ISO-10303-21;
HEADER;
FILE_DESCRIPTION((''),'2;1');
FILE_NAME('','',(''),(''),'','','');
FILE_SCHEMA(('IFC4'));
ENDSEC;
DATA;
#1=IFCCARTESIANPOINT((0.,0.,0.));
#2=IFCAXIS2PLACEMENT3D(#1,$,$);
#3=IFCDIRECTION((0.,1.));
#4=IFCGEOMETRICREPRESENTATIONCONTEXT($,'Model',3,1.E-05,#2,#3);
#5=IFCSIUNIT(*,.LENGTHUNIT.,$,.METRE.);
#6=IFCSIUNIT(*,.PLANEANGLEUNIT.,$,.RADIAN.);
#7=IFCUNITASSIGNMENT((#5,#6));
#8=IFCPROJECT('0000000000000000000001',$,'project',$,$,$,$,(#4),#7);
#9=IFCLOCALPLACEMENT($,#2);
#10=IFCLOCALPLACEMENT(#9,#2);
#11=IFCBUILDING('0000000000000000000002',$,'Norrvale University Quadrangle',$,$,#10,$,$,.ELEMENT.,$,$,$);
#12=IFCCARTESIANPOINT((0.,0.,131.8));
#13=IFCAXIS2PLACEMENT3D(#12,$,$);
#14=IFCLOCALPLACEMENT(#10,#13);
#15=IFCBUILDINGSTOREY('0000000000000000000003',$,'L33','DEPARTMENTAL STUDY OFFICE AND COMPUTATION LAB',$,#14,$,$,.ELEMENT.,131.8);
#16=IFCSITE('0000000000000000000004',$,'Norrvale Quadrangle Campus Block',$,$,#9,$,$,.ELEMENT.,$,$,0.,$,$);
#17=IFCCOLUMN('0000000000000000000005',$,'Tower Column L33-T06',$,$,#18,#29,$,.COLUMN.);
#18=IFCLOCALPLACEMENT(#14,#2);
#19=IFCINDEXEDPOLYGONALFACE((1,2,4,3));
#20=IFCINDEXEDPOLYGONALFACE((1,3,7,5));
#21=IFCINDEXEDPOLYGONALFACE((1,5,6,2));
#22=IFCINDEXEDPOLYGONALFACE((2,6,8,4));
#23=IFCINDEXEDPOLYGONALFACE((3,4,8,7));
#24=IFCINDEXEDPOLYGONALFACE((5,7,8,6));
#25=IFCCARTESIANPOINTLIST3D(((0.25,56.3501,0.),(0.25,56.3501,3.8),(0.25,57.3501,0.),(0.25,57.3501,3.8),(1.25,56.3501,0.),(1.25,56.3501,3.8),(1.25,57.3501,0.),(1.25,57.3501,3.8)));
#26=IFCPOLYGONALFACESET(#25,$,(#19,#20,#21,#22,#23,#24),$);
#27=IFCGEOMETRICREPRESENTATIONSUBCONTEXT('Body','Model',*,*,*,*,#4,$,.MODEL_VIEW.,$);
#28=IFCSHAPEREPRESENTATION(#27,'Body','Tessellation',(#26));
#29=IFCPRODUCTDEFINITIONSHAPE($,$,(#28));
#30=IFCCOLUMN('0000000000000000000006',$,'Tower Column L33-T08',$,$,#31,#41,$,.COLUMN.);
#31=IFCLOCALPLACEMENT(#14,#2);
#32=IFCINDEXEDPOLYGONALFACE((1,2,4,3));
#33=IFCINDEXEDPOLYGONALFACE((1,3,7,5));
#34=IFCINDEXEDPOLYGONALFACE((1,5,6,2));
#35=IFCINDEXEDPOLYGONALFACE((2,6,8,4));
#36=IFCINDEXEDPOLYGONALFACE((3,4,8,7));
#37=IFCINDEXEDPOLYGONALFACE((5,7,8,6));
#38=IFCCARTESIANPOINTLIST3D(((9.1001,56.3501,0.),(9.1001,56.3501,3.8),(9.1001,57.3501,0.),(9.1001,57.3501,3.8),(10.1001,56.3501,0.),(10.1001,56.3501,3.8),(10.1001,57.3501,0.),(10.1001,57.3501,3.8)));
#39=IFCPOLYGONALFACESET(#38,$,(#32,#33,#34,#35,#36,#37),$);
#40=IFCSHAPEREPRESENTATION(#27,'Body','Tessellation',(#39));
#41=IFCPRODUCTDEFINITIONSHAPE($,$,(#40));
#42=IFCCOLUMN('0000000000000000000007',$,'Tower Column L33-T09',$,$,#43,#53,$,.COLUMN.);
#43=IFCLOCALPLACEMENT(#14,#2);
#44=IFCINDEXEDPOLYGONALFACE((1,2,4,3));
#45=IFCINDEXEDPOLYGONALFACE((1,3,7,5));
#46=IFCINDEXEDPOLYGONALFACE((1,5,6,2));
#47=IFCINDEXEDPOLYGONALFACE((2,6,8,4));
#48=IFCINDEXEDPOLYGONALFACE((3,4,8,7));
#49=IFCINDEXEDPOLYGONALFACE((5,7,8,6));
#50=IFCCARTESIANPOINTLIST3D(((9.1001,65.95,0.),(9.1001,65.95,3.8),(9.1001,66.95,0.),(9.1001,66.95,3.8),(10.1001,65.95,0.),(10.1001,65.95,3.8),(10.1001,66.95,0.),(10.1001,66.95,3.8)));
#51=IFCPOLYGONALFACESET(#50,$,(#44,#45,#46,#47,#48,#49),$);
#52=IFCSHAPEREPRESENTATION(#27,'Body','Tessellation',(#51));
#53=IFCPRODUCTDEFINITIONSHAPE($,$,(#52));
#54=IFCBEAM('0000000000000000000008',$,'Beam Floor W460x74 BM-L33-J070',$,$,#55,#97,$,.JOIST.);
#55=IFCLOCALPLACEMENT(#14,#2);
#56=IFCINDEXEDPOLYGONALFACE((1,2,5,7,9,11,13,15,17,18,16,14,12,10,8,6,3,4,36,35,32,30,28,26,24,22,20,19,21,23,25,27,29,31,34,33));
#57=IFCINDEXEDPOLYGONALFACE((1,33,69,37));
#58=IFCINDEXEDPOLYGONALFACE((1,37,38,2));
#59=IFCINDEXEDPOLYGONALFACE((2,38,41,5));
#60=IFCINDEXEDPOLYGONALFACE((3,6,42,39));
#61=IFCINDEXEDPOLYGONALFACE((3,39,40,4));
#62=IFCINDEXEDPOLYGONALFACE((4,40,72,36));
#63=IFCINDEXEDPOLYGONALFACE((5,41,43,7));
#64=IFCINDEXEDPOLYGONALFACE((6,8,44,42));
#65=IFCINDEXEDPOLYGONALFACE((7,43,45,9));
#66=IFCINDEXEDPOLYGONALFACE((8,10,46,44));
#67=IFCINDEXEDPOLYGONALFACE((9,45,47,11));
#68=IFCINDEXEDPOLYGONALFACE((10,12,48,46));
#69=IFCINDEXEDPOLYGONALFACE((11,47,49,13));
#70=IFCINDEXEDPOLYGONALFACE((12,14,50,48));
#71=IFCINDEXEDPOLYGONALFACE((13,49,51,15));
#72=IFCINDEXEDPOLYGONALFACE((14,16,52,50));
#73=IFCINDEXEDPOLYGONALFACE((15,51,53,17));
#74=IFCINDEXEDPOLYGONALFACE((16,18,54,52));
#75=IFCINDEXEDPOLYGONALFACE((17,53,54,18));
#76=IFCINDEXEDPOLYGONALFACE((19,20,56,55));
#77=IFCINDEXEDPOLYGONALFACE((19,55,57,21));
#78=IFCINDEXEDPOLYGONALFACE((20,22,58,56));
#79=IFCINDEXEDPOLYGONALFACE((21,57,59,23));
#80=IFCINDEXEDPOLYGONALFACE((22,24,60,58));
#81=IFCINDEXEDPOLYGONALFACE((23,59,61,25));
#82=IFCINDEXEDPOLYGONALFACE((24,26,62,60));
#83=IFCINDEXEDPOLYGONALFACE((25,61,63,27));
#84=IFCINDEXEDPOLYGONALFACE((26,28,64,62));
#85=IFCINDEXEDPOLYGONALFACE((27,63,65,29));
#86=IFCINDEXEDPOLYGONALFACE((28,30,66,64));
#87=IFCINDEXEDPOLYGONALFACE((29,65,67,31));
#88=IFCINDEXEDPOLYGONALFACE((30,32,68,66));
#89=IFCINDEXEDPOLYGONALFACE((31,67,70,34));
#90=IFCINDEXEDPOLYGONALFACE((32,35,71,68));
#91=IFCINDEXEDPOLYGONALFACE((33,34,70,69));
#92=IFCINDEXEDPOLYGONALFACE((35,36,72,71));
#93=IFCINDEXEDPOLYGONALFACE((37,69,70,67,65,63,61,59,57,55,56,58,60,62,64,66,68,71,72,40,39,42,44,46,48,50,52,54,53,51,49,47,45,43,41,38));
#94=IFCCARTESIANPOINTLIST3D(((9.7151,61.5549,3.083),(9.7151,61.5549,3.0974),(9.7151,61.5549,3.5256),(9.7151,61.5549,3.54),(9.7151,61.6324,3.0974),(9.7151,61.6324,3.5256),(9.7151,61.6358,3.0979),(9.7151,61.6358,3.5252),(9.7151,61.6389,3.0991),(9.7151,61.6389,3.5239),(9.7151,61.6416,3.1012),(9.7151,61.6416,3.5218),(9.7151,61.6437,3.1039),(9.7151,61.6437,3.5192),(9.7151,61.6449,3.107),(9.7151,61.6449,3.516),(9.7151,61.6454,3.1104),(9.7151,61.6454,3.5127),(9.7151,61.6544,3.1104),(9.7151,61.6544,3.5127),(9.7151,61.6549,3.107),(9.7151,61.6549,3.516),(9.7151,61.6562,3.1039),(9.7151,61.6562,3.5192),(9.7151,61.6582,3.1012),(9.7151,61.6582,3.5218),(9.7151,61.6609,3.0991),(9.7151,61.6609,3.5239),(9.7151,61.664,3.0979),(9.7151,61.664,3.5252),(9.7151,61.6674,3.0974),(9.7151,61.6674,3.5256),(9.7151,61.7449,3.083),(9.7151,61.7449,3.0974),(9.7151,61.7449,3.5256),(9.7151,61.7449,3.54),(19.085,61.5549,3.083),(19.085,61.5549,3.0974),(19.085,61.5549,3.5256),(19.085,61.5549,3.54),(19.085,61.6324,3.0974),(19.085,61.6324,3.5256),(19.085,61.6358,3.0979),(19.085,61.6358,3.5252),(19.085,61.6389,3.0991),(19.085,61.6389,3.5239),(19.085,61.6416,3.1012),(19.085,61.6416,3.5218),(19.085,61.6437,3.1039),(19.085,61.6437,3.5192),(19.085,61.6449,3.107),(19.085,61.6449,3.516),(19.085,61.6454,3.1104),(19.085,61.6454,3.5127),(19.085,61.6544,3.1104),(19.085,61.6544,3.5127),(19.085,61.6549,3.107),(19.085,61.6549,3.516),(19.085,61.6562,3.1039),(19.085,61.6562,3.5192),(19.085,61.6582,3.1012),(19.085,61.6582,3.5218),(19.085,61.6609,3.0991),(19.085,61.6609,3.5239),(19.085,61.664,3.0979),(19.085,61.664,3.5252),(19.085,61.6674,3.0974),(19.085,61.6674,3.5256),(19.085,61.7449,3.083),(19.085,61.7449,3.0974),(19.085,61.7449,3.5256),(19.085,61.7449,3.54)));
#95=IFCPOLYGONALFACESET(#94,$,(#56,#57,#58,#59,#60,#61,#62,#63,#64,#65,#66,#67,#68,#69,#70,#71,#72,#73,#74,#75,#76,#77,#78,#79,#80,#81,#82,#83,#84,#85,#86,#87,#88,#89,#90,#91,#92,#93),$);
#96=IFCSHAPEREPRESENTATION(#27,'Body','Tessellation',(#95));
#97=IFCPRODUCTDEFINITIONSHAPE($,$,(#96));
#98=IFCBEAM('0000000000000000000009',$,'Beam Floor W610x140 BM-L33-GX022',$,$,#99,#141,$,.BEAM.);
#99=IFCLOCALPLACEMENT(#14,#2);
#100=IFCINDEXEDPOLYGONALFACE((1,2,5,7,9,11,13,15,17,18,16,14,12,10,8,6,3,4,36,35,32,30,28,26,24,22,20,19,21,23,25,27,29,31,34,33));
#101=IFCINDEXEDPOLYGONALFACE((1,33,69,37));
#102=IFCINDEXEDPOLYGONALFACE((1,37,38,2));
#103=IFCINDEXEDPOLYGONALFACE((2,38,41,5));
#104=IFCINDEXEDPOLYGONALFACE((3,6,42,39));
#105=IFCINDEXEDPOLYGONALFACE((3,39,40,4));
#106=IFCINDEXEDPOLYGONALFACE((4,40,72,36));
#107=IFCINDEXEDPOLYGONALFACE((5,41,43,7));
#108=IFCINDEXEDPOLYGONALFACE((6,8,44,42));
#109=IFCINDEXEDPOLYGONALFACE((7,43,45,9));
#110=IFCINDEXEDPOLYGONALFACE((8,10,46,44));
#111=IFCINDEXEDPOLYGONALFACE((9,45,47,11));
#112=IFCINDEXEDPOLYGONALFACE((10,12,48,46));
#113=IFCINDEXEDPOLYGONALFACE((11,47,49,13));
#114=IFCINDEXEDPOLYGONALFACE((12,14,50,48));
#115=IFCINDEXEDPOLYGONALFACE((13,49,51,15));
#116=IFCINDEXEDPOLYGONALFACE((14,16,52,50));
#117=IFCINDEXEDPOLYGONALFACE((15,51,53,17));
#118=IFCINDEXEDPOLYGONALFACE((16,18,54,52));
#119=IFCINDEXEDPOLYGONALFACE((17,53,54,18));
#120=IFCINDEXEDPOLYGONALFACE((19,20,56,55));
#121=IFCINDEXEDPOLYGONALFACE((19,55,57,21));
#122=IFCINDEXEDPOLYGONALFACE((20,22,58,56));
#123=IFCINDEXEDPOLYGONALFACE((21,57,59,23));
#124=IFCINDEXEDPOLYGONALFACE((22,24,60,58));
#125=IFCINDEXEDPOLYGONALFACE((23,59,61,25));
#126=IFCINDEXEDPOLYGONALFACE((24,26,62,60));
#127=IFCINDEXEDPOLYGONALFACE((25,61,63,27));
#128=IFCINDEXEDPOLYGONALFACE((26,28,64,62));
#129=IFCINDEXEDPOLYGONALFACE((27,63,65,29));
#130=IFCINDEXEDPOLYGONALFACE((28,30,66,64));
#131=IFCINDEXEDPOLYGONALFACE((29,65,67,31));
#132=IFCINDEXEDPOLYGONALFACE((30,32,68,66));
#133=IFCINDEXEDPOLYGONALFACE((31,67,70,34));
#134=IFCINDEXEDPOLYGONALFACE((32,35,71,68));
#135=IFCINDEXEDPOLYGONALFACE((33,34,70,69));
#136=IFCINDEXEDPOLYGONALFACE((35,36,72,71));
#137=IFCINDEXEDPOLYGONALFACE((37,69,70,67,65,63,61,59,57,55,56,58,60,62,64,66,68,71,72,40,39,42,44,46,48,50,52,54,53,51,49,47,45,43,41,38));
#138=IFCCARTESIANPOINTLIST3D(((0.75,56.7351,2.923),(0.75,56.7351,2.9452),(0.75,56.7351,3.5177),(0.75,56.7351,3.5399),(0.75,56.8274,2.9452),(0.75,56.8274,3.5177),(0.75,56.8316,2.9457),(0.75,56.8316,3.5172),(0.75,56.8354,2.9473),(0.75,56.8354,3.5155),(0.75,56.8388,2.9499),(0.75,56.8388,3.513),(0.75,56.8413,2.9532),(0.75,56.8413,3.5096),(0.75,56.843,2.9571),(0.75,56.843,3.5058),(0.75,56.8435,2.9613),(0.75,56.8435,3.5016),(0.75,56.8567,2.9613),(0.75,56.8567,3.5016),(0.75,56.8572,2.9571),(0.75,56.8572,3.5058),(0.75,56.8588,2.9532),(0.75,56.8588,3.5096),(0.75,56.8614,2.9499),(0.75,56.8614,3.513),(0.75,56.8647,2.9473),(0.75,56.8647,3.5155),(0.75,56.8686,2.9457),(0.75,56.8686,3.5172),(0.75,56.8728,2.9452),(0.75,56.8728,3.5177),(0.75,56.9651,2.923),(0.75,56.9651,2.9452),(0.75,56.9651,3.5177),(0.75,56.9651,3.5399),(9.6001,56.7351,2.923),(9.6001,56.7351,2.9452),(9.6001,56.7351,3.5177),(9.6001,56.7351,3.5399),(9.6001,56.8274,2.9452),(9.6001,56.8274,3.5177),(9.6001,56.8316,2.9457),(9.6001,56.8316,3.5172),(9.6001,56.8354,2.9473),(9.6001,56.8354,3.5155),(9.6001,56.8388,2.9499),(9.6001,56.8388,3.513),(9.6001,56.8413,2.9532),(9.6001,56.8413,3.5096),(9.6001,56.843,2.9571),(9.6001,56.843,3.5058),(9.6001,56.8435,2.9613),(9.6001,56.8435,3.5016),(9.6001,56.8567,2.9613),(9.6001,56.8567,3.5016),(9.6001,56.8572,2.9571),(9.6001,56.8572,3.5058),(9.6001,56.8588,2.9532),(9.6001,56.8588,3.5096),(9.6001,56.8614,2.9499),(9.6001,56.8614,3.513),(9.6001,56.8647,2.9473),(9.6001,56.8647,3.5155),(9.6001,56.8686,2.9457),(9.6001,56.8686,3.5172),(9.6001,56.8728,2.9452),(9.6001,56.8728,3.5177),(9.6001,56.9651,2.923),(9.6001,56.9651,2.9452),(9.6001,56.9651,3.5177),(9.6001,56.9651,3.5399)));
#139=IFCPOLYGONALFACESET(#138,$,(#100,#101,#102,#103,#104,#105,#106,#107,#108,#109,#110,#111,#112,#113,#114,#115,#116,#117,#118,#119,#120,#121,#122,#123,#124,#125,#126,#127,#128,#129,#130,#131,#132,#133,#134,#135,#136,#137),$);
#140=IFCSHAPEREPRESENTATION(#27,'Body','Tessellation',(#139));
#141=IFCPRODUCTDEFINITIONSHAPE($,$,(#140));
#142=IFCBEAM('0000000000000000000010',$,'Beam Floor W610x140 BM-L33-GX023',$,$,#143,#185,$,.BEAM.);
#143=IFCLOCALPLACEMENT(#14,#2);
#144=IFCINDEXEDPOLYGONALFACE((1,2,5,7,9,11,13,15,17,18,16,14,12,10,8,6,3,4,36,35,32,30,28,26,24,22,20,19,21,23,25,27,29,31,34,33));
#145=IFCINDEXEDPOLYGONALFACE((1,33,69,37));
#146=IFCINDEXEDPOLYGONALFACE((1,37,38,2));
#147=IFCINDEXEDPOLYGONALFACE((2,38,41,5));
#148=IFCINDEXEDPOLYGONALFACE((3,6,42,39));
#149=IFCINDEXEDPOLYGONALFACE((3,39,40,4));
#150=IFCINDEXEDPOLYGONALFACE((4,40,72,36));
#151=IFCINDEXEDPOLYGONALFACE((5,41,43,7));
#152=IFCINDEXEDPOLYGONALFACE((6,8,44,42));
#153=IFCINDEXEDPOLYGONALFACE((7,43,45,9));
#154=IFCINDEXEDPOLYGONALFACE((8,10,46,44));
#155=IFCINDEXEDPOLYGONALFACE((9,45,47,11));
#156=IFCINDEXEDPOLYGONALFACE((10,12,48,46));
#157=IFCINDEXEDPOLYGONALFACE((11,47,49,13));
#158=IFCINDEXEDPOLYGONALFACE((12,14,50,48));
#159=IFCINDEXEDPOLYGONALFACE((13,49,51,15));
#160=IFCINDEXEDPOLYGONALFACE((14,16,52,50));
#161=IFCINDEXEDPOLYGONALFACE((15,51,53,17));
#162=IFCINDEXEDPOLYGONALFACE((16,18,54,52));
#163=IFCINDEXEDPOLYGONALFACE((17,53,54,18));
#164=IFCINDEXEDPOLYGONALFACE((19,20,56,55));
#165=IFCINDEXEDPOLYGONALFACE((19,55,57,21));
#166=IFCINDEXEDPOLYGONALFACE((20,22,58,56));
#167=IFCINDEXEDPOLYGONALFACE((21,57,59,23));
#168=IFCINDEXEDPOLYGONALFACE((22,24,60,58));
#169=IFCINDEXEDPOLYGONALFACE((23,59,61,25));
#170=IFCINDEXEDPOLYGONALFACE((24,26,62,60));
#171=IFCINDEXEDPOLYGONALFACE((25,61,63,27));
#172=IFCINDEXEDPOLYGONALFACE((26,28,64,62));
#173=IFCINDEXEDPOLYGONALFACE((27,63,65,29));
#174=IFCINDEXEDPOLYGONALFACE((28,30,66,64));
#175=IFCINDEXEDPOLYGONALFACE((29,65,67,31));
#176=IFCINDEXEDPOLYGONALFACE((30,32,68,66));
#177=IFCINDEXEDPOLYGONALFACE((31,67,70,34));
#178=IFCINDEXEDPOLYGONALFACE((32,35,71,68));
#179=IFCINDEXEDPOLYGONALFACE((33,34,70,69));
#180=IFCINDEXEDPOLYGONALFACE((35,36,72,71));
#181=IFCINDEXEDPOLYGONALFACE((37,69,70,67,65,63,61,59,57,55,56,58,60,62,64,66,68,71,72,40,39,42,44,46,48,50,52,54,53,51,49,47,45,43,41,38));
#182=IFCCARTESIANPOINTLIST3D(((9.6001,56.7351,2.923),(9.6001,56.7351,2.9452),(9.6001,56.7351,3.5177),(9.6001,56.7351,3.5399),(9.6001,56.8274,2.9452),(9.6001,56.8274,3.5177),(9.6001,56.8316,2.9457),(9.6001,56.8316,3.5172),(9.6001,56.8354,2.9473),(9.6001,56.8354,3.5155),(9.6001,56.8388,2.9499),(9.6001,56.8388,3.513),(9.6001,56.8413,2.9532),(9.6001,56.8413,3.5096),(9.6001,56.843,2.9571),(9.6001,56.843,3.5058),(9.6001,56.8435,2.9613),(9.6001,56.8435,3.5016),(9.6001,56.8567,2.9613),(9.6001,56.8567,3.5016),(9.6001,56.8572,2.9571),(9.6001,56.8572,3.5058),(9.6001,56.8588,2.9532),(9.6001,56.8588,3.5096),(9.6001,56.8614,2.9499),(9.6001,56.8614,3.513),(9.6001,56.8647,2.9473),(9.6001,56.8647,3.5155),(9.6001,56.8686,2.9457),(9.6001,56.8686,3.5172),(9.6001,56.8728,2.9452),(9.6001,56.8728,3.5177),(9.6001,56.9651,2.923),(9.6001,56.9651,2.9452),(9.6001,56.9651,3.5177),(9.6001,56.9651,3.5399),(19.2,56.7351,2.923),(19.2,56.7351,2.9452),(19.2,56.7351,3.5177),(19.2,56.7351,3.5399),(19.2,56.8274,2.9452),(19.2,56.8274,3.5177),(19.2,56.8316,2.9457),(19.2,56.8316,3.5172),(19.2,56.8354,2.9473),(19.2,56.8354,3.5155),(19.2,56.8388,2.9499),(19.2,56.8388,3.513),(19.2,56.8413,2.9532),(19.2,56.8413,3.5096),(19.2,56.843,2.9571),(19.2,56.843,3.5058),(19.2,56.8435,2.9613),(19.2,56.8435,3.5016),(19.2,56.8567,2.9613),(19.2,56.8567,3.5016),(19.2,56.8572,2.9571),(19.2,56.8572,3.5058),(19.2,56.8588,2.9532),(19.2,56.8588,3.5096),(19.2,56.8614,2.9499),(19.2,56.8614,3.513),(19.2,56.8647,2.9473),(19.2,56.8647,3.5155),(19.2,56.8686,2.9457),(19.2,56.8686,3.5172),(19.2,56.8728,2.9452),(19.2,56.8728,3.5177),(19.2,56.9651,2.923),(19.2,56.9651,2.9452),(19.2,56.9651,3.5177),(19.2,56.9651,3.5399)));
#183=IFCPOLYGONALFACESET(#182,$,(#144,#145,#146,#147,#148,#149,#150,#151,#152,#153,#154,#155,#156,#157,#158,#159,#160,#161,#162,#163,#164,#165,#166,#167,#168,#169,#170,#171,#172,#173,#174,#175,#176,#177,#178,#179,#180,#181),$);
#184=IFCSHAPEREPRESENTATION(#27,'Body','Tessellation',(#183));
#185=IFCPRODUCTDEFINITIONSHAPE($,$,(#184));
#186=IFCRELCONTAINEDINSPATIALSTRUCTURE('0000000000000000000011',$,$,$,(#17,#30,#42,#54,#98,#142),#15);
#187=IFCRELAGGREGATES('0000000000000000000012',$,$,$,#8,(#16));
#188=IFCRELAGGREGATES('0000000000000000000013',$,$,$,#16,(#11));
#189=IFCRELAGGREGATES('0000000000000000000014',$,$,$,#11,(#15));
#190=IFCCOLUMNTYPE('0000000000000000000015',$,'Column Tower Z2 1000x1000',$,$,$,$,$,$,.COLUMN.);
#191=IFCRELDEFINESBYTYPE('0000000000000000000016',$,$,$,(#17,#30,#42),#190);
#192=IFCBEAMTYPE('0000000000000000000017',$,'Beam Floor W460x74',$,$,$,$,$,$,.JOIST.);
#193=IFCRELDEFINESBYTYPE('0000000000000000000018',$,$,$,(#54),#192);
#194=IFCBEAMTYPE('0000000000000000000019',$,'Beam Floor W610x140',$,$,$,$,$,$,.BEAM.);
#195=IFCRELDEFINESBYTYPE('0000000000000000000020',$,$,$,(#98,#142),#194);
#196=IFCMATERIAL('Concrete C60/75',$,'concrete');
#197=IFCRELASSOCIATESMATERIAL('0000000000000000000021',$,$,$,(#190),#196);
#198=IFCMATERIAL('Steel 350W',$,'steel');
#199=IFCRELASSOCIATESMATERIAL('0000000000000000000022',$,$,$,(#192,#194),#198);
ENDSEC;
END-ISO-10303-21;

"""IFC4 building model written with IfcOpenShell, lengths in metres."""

from ifc_helpers import new_model, si_unit, direction, frame, origin, origin_2d, place, context, subcontext, project, spatial, rectangle, i_section, extrude, material, material_profile, profile_set, type_object, element, save


model = new_model("IFC4")

# Units and contexts
model_context = context("Model", 3, precision=1e-05, world=origin(), true_north=direction((0.0, 1.0)))
body_context = subcontext(model_context, "Body", "Model", "MODEL_VIEW")
ifc_project = project(units=[si_unit("LENGTHUNIT", "METRE"), si_unit("PLANEANGLEUNIT", "RADIAN")], contexts=[model_context])

# Site, building, storey
site_placement = place(None, origin())
site = spatial("IfcSite", under=ifc_project, at=site_placement, Name="Norrvale Quadrangle Campus Block", CompositionType="ELEMENT", RefElevation=0.0)
building_placement = place(site_placement, origin())
building = spatial("IfcBuilding", under=site, at=building_placement, Name="Norrvale University Quadrangle", CompositionType="ELEMENT")
storey_placement = place(building_placement, frame((0.0, 0.0, 131.8)))
storey = spatial("IfcBuildingStorey", under=building, at=storey_placement, Name="L33", Description="DEPARTMENTAL STUDY OFFICE AND COMPUTATION LAB", CompositionType="ELEMENT", Elevation=131.8)

# Columns
ifc_material_1 = material(Name="Concrete C60/75", Category="concrete")
ifc_material_profile_1 = material_profile(ifc_material_1, rectangle(XDim=1.0, YDim=1.0, at=origin_2d()), Name="Concrete C60/75")
ifc_profile_set_1 = profile_set([ifc_material_profile_1], Name="Concrete C60/75")
column_type = type_object("IfcColumnType", Name="Column Tower Z2 1000x1000", PredefinedType="COLUMN", material=ifc_profile_set_1)
for number, where, z_axis, x_axis, name in (
    (1, (0.75, 56.8501, 0.0), (0.0, 0.0, 1.0), (1.0, 0.0, 0.0), "Tower Column L33-T06"),
    (2, (9.6001, 56.8501, 0.0), (0.0, 0.0, 1.0), (1.0, 0.0, 0.0), "Tower Column L33-T08"),
    (3, (9.6001, 66.45, 0.0), (0.0, 0.0, 1.0), (1.0, 0.0, 0.0), "Tower Column L33-T09"),
):
    element("IfcColumn", number, at=place(storey_placement, frame(where, z_axis=z_axis, x_axis=x_axis)), inside=storey, type_object=column_type, Name=name, PredefinedType="COLUMN", context=body_context, shape_type="SweptSolid", body=[
        extrude(rectangle(XDim=1.0, YDim=1.0, at=origin_2d()), origin(), (0.0, 0.0, 1.0), 3.8),
    ])

# Beams
ifc_material_2 = material(Name="Steel 350W", Category="steel")
ifc_material_profile_2 = material_profile(ifc_material_2, i_section(OverallWidth=0.1899, OverallDepth=0.457, WebThickness=0.009, FlangeThickness=0.0144, FilletRadius=0.0129, at=origin_2d()), Name="Steel 350W")
ifc_profile_set_2 = profile_set([ifc_material_profile_2], Name="Steel 350W")
beam_type_1 = type_object("IfcBeamType", Name="Beam Floor W460x74", PredefinedType="JOIST", material=ifc_profile_set_2)
beam_1_placement = place(storey_placement, frame((9.7151, 61.6499, 3.3115), z_axis=(1.0, 0.0, 0.0), x_axis=(0.0, 1.0, 0.0)))
element("IfcBeam", 4, at=beam_1_placement, inside=storey, type_object=beam_type_1, Name="Beam Floor W460x74 BM-L33-J070", PredefinedType="JOIST", context=body_context, shape_type="SweptSolid", body=[
    extrude(i_section(OverallWidth=0.1899, OverallDepth=0.457, WebThickness=0.009, FlangeThickness=0.0144, FilletRadius=0.0129, at=origin_2d()), origin(), (0.0, 0.0, 1.0), 9.3699),
])
ifc_material_profile_3 = material_profile(ifc_material_2, i_section(OverallWidth=0.23, OverallDepth=0.6169, WebThickness=0.0132, FlangeThickness=0.0222, FilletRadius=0.0161, at=origin_2d()), Name="Steel 350W")
ifc_profile_set_3 = profile_set([ifc_material_profile_3], Name="Steel 350W")
beam_type_2 = type_object("IfcBeamType", Name="Beam Floor W610x140", PredefinedType="BEAM", material=ifc_profile_set_3)
beam_2_placement = place(storey_placement, frame((0.75, 56.8501, 3.2314), z_axis=(1.0, 0.0, 0.0), x_axis=(0.0, 1.0, 0.0)))
element("IfcBeam", 5, at=beam_2_placement, inside=storey, type_object=beam_type_2, Name="Beam Floor W610x140 BM-L33-GX022", PredefinedType="BEAM", context=body_context, shape_type="SweptSolid", body=[
    extrude(i_section(OverallWidth=0.23, OverallDepth=0.6169, WebThickness=0.0132, FlangeThickness=0.0222, FilletRadius=0.0161, at=origin_2d()), origin(), (0.0, 0.0, 1.0), 8.8501),
])
for number, where, z_axis, x_axis, name in (
    (6, (9.6001, 56.8501, 3.2314), (1.0, 0.0, 0.0), (0.0, 1.0, 0.0), "Beam Floor W610x140 BM-L33-GX023"),
):
    element("IfcBeam", number, at=place(storey_placement, frame(where, z_axis=z_axis, x_axis=x_axis)), inside=storey, type_object=beam_type_2, Name=name, PredefinedType="BEAM", context=body_context, shape_type="SweptSolid", body=[
        extrude(i_section(OverallWidth=0.23, OverallDepth=0.6169, WebThickness=0.0132, FlangeThickness=0.0222, FilletRadius=0.0161, at=origin_2d()), origin(), (0.0, 0.0, 1.0), 9.5999),
    ])

save(model, "model.ifc")
